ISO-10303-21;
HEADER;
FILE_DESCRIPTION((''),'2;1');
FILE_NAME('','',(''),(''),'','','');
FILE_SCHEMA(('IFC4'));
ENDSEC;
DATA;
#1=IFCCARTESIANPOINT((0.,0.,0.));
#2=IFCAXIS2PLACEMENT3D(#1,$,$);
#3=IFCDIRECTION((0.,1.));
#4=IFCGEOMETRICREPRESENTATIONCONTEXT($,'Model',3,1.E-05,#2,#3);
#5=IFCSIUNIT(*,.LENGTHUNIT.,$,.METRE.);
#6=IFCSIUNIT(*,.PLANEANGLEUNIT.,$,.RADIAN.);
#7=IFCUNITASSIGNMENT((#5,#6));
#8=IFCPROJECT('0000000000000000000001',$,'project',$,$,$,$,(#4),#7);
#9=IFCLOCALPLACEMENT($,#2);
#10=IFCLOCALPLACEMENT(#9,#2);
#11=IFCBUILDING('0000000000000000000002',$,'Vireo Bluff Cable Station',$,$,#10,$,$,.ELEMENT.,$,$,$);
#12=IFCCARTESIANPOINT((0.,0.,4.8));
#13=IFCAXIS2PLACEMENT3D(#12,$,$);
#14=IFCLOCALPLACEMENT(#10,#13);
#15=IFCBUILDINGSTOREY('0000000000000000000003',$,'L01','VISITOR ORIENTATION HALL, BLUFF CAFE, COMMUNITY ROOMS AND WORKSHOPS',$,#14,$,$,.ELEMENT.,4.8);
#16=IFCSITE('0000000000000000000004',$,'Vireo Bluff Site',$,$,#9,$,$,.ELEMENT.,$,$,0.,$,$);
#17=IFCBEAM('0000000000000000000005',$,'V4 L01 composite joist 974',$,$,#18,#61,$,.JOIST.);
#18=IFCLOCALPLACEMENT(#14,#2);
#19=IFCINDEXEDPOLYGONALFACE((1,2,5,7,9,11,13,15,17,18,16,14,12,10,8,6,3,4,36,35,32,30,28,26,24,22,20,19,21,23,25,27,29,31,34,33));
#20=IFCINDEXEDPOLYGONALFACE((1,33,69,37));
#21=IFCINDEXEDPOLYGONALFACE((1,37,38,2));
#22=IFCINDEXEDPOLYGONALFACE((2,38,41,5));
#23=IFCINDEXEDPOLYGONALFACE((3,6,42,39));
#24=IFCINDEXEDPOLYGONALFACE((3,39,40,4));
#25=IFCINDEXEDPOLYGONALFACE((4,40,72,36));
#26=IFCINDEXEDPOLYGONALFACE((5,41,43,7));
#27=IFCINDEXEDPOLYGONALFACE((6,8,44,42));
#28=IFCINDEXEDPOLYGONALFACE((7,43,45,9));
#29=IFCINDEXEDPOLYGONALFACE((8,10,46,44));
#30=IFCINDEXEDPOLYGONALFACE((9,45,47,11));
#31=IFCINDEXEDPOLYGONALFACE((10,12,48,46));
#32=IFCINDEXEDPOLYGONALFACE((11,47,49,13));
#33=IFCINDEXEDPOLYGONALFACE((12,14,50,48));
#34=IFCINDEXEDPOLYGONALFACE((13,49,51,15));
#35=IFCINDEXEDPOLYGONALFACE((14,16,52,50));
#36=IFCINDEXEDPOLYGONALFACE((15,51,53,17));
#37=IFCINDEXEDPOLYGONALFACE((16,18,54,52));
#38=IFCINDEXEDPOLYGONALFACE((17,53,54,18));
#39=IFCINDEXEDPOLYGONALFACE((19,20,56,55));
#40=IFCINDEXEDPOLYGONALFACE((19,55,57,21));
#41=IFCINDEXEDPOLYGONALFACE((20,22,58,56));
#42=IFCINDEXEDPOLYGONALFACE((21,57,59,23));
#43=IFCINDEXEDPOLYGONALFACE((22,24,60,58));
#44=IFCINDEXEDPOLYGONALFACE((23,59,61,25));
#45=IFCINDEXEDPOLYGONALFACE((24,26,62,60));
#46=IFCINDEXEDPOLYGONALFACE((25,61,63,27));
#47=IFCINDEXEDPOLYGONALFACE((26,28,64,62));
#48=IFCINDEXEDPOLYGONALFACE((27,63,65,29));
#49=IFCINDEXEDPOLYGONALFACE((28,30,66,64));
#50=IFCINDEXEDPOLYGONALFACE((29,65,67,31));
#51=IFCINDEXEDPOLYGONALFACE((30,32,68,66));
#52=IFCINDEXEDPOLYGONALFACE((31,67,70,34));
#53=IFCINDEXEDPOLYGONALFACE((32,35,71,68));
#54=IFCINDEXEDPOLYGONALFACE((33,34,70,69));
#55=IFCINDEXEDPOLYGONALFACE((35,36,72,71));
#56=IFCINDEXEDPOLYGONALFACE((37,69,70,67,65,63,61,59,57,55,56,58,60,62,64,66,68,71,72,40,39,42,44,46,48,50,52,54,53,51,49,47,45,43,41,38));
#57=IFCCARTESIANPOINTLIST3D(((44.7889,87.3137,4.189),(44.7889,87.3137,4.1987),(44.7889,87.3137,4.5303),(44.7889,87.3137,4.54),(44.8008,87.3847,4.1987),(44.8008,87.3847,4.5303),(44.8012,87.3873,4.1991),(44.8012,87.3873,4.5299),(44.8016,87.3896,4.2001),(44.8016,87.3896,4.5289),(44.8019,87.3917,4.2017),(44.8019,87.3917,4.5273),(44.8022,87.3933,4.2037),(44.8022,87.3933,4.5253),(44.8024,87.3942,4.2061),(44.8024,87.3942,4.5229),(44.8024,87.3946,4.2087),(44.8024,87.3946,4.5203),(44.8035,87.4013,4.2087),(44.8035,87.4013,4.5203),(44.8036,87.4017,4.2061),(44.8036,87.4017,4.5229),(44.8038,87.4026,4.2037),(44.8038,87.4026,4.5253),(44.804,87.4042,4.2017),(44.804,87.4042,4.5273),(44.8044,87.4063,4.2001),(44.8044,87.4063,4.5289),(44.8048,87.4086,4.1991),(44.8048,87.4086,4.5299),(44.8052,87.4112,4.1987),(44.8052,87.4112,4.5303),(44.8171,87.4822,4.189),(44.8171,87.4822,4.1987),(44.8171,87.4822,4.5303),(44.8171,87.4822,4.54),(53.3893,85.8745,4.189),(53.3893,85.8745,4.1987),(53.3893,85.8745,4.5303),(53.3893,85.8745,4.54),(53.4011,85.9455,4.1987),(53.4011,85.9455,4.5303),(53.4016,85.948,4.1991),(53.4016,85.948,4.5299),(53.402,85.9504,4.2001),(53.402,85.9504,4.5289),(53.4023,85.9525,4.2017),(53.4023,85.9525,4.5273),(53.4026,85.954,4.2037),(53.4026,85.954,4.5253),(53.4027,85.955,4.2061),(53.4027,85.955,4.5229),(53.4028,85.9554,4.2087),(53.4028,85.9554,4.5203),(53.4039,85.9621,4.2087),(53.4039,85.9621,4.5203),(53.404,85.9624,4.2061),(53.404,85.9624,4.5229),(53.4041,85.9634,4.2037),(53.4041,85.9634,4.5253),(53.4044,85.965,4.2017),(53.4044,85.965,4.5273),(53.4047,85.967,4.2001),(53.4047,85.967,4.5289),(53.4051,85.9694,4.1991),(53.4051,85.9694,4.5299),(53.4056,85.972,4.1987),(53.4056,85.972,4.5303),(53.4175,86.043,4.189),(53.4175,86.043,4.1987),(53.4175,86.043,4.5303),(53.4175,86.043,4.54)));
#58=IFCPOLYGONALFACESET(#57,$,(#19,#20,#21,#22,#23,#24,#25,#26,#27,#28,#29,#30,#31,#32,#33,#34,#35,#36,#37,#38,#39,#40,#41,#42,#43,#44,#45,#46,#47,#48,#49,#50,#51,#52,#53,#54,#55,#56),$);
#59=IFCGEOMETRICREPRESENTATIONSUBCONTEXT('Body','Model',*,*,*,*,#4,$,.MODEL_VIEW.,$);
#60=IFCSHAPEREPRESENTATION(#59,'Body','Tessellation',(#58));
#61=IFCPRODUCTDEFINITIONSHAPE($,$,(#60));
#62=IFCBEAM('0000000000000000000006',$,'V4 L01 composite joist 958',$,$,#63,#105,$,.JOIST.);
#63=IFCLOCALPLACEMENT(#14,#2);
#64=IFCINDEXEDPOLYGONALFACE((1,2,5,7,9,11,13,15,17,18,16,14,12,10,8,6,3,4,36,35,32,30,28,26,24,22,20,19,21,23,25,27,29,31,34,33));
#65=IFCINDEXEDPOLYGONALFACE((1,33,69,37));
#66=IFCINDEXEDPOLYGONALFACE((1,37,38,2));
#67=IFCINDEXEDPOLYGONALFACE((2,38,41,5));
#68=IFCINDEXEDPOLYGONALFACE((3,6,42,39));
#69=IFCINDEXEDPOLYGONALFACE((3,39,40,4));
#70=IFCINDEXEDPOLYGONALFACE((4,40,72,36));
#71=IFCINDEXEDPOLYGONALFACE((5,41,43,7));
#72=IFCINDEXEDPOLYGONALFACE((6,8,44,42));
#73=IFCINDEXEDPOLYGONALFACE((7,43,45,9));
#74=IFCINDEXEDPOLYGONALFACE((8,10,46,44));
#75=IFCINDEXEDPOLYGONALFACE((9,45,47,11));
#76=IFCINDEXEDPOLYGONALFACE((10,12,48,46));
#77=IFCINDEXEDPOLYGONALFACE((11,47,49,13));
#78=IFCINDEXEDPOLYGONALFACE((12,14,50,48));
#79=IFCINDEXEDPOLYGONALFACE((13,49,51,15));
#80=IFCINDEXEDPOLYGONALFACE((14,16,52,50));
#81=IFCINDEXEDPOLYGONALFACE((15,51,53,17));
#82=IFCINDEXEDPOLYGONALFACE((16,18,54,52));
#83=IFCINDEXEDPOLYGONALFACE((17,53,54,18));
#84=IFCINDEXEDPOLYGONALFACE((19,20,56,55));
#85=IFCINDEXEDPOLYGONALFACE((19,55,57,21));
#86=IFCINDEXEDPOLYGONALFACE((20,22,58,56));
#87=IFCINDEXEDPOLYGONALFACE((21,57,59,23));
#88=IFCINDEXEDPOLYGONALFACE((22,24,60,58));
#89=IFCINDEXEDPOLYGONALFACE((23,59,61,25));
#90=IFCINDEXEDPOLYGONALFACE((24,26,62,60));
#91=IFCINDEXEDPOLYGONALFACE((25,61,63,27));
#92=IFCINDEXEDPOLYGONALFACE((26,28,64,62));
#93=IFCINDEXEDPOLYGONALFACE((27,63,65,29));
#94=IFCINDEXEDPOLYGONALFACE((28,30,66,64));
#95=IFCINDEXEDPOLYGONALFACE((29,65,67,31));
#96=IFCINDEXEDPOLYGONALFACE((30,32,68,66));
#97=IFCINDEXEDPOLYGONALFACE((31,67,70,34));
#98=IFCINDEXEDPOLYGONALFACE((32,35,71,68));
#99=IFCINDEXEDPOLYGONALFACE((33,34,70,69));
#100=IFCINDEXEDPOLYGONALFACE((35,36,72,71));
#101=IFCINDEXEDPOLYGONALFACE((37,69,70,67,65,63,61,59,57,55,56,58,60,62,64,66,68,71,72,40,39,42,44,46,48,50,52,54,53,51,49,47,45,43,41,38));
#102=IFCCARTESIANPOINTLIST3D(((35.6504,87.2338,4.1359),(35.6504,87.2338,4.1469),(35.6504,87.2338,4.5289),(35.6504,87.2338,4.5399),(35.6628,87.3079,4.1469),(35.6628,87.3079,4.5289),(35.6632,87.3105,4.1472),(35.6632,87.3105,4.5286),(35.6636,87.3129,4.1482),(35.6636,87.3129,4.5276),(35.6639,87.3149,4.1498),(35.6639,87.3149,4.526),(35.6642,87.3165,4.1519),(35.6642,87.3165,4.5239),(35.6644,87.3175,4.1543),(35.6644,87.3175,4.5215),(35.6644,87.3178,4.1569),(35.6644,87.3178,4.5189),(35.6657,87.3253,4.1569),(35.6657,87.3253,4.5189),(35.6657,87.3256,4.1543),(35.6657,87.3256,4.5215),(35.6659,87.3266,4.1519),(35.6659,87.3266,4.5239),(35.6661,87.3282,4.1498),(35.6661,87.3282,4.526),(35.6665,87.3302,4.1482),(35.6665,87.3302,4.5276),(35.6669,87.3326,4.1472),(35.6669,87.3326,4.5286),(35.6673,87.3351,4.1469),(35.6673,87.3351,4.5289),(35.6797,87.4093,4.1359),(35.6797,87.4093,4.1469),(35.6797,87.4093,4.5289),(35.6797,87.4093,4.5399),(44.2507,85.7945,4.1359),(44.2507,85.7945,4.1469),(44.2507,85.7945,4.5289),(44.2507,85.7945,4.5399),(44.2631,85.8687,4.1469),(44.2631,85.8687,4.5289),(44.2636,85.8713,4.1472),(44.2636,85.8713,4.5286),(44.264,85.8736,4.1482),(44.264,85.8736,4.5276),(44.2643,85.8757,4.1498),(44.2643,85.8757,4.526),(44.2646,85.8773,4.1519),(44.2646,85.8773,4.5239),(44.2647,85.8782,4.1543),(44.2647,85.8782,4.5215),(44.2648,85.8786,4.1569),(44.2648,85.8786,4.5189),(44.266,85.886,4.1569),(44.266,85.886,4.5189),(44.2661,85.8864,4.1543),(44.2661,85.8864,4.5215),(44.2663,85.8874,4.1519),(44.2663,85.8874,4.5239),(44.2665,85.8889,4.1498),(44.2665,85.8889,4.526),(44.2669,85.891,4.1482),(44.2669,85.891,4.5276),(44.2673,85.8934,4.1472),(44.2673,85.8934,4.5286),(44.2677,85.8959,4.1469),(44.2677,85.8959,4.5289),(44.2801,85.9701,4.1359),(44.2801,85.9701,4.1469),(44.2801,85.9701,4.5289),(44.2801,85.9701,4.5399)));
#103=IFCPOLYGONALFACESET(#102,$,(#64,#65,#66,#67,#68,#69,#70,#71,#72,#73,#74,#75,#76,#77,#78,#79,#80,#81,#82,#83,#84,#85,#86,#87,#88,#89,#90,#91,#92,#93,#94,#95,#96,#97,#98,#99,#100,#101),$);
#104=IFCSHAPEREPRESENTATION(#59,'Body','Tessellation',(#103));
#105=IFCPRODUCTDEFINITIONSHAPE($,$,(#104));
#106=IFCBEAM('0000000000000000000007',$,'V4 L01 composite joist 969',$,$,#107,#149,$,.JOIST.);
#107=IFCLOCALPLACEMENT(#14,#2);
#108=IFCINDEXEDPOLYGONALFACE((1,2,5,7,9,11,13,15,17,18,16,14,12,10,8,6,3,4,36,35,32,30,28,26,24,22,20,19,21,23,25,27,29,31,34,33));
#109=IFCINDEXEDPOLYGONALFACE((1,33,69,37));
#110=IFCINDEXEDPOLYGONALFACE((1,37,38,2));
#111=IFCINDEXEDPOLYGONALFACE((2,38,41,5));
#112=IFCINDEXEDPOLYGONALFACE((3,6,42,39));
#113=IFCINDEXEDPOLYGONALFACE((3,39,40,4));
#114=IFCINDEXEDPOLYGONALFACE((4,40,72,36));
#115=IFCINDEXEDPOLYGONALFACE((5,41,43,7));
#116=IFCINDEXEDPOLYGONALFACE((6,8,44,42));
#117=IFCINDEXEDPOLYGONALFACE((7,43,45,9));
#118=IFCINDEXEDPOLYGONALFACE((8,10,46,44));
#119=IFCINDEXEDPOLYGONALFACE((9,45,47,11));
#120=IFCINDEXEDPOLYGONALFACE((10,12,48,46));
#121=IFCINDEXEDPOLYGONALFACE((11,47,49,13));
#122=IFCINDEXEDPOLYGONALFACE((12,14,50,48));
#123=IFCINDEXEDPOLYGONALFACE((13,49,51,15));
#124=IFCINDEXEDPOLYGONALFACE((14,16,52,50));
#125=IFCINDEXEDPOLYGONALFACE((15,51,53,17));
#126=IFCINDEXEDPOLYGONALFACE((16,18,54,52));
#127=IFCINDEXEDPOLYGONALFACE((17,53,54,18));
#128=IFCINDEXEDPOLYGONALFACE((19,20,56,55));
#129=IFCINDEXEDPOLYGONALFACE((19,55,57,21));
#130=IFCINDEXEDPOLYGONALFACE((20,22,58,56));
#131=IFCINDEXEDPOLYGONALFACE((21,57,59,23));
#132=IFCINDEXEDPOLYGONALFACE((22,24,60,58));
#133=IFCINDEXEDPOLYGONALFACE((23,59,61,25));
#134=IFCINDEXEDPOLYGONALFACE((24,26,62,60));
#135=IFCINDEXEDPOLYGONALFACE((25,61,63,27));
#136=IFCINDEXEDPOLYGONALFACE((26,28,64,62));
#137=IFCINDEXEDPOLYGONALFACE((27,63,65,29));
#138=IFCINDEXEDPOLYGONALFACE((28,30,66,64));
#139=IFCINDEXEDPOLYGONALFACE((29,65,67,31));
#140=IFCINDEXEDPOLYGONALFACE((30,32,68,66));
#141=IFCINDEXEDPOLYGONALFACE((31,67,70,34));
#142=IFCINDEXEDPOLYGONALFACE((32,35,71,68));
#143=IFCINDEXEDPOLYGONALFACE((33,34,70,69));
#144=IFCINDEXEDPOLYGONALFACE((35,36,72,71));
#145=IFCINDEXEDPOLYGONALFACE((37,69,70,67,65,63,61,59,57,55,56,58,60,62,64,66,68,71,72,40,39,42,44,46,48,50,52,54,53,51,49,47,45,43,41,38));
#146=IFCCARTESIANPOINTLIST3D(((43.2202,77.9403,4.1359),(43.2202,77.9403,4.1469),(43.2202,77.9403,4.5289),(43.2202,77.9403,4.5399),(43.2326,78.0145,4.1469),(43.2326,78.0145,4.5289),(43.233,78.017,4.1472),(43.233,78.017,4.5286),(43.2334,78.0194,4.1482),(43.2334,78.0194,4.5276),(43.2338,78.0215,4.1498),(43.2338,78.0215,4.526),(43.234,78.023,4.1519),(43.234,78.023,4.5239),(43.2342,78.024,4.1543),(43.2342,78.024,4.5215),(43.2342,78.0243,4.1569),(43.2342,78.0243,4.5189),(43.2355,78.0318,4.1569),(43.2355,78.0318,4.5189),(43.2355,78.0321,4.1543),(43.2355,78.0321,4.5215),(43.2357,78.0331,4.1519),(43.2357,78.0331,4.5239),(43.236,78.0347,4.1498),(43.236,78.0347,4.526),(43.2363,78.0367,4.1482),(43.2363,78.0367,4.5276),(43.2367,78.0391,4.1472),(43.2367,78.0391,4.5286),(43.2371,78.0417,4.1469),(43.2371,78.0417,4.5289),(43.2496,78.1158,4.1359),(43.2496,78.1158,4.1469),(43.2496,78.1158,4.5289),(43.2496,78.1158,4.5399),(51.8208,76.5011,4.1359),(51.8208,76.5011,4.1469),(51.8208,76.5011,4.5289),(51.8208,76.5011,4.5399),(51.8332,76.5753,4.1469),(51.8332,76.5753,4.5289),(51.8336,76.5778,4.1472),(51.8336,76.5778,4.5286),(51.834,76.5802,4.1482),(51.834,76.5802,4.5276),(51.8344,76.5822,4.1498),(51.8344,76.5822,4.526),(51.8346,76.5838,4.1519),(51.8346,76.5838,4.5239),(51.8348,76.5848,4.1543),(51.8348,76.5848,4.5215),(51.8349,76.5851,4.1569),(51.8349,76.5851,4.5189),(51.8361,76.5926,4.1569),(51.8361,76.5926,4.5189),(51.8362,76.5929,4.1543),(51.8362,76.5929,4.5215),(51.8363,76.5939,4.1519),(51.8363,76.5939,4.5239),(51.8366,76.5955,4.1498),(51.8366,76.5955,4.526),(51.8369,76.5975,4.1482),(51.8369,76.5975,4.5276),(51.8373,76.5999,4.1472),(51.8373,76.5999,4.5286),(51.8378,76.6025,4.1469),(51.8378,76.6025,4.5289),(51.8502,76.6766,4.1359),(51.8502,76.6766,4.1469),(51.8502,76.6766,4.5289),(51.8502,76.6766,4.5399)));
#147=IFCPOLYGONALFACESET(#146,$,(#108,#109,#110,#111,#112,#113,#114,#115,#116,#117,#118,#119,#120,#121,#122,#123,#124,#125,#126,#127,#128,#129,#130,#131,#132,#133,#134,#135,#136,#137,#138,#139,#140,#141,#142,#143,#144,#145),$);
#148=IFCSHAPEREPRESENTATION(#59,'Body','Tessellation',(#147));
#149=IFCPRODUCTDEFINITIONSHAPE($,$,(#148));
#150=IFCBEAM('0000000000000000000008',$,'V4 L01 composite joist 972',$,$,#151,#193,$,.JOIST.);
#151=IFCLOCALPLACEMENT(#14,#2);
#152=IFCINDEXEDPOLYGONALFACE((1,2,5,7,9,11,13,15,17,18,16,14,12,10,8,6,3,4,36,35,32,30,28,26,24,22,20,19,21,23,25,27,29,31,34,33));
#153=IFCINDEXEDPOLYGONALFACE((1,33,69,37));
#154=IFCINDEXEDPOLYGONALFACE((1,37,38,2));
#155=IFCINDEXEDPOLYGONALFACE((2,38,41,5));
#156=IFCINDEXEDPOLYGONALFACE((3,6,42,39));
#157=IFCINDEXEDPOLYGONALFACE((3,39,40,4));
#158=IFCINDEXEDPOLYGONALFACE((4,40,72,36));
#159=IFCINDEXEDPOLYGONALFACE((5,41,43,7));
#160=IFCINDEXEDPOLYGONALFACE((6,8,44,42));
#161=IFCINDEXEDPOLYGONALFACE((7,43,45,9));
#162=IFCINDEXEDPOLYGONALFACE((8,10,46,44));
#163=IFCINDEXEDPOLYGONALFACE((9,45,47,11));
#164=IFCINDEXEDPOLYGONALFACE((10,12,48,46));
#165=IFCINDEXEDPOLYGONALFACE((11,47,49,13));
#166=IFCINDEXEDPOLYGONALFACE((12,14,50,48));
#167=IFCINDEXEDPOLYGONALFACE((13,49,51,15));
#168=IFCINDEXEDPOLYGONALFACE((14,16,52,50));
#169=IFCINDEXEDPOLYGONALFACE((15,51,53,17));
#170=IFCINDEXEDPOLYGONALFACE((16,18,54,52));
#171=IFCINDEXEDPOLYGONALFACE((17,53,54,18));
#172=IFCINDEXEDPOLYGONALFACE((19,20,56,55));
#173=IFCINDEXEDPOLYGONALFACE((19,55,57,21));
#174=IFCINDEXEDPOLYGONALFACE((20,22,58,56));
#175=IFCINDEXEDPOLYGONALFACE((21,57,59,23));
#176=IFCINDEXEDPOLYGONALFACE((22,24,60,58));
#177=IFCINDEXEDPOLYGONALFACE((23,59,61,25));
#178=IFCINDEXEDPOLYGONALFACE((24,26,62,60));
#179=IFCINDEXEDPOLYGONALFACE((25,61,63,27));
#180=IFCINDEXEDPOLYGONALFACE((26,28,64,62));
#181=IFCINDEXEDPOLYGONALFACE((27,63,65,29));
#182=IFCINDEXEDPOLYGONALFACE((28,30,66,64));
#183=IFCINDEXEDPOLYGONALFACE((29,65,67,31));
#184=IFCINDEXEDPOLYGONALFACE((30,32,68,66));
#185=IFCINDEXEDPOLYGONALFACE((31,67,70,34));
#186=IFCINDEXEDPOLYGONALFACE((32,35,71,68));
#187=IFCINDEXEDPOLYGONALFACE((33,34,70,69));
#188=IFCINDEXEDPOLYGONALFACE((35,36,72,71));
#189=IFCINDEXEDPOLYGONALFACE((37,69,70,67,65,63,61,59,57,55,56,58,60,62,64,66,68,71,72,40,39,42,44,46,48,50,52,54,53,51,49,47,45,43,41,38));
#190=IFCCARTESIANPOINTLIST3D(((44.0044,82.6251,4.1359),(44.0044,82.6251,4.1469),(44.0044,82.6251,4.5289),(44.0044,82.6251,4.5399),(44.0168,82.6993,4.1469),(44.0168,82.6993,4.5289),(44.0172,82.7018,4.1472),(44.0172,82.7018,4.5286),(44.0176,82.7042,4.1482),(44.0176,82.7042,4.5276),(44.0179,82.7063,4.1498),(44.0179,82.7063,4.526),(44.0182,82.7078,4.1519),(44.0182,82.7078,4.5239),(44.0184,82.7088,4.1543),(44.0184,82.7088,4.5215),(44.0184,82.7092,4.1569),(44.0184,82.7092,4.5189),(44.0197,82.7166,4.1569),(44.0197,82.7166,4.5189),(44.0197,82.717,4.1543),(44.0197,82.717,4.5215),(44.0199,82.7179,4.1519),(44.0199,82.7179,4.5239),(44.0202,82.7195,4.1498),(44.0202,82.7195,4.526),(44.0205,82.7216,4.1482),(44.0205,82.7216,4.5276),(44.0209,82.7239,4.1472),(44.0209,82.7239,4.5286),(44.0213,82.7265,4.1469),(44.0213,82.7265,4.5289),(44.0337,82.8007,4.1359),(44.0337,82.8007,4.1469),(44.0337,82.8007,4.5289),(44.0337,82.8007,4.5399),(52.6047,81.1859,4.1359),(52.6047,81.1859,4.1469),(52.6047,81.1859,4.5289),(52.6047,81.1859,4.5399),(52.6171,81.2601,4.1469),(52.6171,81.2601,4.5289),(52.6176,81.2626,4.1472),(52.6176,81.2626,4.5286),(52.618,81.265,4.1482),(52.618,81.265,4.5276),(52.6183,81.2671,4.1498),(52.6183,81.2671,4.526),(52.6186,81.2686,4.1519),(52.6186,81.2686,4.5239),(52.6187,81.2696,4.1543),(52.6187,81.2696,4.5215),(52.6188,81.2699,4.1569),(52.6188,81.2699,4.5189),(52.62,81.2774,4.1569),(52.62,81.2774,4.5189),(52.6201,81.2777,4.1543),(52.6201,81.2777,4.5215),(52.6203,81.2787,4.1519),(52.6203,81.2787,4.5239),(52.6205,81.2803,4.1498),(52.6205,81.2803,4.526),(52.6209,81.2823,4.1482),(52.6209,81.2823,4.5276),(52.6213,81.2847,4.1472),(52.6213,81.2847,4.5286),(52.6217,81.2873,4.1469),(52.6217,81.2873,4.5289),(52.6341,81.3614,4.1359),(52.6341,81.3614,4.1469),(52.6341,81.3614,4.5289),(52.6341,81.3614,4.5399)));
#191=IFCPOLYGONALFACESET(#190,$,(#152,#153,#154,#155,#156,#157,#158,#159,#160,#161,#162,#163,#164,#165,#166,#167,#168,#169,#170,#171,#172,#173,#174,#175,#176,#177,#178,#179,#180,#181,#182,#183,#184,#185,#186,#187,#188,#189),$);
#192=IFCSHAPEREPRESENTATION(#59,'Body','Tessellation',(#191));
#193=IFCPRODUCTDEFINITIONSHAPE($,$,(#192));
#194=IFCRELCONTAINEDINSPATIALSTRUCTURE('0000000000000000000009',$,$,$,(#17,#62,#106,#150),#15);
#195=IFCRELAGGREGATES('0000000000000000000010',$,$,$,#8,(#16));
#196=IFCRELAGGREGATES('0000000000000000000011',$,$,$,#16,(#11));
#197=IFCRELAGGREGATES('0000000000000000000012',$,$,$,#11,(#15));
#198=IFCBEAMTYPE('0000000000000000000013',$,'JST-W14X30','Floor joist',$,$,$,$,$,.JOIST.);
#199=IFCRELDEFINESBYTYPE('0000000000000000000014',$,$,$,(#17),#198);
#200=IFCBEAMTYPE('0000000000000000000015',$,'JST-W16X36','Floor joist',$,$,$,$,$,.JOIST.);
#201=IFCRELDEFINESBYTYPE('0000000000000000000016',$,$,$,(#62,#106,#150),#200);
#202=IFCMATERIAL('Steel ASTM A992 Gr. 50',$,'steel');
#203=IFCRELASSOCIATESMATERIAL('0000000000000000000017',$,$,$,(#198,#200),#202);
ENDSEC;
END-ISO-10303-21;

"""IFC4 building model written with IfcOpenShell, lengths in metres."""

from ifc_helpers import new_model, si_unit, direction, frame, origin, origin_2d, place, context, subcontext, project, spatial, i_section, extrude, material, material_profile, profile_set, type_object, element, save


model = new_model("IFC4")

# Units and contexts
model_context = context("Model", 3, precision=1e-05, world=origin(), true_north=direction((0.0, 1.0)))
body_context = subcontext(model_context, "Body", "Model", "MODEL_VIEW")
ifc_project = project(units=[si_unit("LENGTHUNIT", "METRE"), si_unit("PLANEANGLEUNIT", "RADIAN")], contexts=[model_context])

# Site, building, storey
site_placement = place(None, origin())
site = spatial("IfcSite", under=ifc_project, at=site_placement, Name="Vireo Bluff Site", CompositionType="ELEMENT", RefElevation=0.0)
building_placement = place(site_placement, origin())
building = spatial("IfcBuilding", under=site, at=building_placement, Name="Vireo Bluff Cable Station", CompositionType="ELEMENT")
storey_placement = place(building_placement, frame((0.0, 0.0, 4.8)))
storey = spatial("IfcBuildingStorey", under=building, at=storey_placement, Name="L01", Description="VISITOR ORIENTATION HALL, BLUFF CAFE, COMMUNITY ROOMS AND WORKSHOPS", CompositionType="ELEMENT", Elevation=4.8)

# Shared definitions
ifc_material_1 = material(Name="Steel ASTM A992 Gr. 50", Category="steel")

# Beams
ifc_material_profile_1 = material_profile(ifc_material_1, i_section(OverallWidth=0.1709, OverallDepth=0.3511, WebThickness=0.0068, FlangeThickness=0.0098, FilletRadius=0.01, at=origin_2d()), Name="W14X30")
ifc_profile_set_1 = profile_set([ifc_material_profile_1], Name="Steel ASTM A992 Gr. 50")
beam_type_1 = type_object("IfcBeamType", Name="JST-W14X30", Description="Floor joist", PredefinedType="JOIST", material=ifc_profile_set_1)
beam_1_placement = place(storey_placement, frame((44.803, 87.3979, 4.3645), z_axis=(0.986286, -0.165048, 0.0), x_axis=(0.165048, 0.986286, 0.0)))
element("IfcBeam", 1, at=beam_1_placement, inside=storey, type_object=beam_type_1, Name="V4 L01 composite joist 974", PredefinedType="JOIST", context=body_context, shape_type="SweptSolid", body=[
    extrude(i_section(OverallWidth=0.1709, OverallDepth=0.3511, WebThickness=0.0068, FlangeThickness=0.0098, FilletRadius=0.01, at=origin_2d()), origin(), (0.0, 0.0, 1.0), 8.72),
])
ifc_material_profile_2 = material_profile(ifc_material_1, i_section(OverallWidth=0.178, OverallDepth=0.4041, WebThickness=0.0076, FlangeThickness=0.011, FilletRadius=0.01, at=origin_2d()), Name="W16X36")
ifc_profile_set_2 = profile_set([ifc_material_profile_2], Name="Steel ASTM A992 Gr. 50")
beam_type_2 = type_object("IfcBeamType", Name="JST-W16X36", Description="Floor joist", PredefinedType="JOIST", material=ifc_profile_set_2)
beam_2_placement = place(storey_placement, frame((35.665, 87.3215, 4.3379), z_axis=(0.986286, -0.165048, 0.0), x_axis=(0.165048, 0.986286, 0.0)))
element("IfcBeam", 2, at=beam_2_placement, inside=storey, type_object=beam_type_2, Name="V4 L01 composite joist 958", PredefinedType="JOIST", context=body_context, shape_type="SweptSolid", body=[
    extrude(i_section(OverallWidth=0.178, OverallDepth=0.4041, WebThickness=0.0076, FlangeThickness=0.011, FilletRadius=0.01, at=origin_2d()), origin(), (0.0, 0.0, 1.0), 8.72),
])
beam_3_placement = place(storey_placement, frame((43.2349, 78.0281, 4.3379), z_axis=(0.986286, -0.165044, 0.0), x_axis=(0.165044, 0.986286, 0.0)))
element("IfcBeam", 3, at=beam_3_placement, inside=storey, type_object=beam_type_2, Name="V4 L01 composite joist 969", PredefinedType="JOIST", context=body_context, shape_type="SweptSolid", body=[
    extrude(i_section(OverallWidth=0.178, OverallDepth=0.4041, WebThickness=0.0076, FlangeThickness=0.011, FilletRadius=0.01, at=origin_2d()), origin(), (0.0, 0.0, 1.0), 8.7202),
])
beam_4_placement = place(storey_placement, frame((44.019, 82.7129, 4.3379), z_axis=(0.986286, -0.165048, 0.0), x_axis=(0.165048, 0.986286, 0.0)))
element("IfcBeam", 4, at=beam_4_placement, inside=storey, type_object=beam_type_2, Name="V4 L01 composite joist 972", PredefinedType="JOIST", context=body_context, shape_type="SweptSolid", body=[
    extrude(i_section(OverallWidth=0.178, OverallDepth=0.4041, WebThickness=0.0076, FlangeThickness=0.011, FilletRadius=0.01, at=origin_2d()), origin(), (0.0, 0.0, 1.0), 8.72),
])

save(model, "model.ifc")
